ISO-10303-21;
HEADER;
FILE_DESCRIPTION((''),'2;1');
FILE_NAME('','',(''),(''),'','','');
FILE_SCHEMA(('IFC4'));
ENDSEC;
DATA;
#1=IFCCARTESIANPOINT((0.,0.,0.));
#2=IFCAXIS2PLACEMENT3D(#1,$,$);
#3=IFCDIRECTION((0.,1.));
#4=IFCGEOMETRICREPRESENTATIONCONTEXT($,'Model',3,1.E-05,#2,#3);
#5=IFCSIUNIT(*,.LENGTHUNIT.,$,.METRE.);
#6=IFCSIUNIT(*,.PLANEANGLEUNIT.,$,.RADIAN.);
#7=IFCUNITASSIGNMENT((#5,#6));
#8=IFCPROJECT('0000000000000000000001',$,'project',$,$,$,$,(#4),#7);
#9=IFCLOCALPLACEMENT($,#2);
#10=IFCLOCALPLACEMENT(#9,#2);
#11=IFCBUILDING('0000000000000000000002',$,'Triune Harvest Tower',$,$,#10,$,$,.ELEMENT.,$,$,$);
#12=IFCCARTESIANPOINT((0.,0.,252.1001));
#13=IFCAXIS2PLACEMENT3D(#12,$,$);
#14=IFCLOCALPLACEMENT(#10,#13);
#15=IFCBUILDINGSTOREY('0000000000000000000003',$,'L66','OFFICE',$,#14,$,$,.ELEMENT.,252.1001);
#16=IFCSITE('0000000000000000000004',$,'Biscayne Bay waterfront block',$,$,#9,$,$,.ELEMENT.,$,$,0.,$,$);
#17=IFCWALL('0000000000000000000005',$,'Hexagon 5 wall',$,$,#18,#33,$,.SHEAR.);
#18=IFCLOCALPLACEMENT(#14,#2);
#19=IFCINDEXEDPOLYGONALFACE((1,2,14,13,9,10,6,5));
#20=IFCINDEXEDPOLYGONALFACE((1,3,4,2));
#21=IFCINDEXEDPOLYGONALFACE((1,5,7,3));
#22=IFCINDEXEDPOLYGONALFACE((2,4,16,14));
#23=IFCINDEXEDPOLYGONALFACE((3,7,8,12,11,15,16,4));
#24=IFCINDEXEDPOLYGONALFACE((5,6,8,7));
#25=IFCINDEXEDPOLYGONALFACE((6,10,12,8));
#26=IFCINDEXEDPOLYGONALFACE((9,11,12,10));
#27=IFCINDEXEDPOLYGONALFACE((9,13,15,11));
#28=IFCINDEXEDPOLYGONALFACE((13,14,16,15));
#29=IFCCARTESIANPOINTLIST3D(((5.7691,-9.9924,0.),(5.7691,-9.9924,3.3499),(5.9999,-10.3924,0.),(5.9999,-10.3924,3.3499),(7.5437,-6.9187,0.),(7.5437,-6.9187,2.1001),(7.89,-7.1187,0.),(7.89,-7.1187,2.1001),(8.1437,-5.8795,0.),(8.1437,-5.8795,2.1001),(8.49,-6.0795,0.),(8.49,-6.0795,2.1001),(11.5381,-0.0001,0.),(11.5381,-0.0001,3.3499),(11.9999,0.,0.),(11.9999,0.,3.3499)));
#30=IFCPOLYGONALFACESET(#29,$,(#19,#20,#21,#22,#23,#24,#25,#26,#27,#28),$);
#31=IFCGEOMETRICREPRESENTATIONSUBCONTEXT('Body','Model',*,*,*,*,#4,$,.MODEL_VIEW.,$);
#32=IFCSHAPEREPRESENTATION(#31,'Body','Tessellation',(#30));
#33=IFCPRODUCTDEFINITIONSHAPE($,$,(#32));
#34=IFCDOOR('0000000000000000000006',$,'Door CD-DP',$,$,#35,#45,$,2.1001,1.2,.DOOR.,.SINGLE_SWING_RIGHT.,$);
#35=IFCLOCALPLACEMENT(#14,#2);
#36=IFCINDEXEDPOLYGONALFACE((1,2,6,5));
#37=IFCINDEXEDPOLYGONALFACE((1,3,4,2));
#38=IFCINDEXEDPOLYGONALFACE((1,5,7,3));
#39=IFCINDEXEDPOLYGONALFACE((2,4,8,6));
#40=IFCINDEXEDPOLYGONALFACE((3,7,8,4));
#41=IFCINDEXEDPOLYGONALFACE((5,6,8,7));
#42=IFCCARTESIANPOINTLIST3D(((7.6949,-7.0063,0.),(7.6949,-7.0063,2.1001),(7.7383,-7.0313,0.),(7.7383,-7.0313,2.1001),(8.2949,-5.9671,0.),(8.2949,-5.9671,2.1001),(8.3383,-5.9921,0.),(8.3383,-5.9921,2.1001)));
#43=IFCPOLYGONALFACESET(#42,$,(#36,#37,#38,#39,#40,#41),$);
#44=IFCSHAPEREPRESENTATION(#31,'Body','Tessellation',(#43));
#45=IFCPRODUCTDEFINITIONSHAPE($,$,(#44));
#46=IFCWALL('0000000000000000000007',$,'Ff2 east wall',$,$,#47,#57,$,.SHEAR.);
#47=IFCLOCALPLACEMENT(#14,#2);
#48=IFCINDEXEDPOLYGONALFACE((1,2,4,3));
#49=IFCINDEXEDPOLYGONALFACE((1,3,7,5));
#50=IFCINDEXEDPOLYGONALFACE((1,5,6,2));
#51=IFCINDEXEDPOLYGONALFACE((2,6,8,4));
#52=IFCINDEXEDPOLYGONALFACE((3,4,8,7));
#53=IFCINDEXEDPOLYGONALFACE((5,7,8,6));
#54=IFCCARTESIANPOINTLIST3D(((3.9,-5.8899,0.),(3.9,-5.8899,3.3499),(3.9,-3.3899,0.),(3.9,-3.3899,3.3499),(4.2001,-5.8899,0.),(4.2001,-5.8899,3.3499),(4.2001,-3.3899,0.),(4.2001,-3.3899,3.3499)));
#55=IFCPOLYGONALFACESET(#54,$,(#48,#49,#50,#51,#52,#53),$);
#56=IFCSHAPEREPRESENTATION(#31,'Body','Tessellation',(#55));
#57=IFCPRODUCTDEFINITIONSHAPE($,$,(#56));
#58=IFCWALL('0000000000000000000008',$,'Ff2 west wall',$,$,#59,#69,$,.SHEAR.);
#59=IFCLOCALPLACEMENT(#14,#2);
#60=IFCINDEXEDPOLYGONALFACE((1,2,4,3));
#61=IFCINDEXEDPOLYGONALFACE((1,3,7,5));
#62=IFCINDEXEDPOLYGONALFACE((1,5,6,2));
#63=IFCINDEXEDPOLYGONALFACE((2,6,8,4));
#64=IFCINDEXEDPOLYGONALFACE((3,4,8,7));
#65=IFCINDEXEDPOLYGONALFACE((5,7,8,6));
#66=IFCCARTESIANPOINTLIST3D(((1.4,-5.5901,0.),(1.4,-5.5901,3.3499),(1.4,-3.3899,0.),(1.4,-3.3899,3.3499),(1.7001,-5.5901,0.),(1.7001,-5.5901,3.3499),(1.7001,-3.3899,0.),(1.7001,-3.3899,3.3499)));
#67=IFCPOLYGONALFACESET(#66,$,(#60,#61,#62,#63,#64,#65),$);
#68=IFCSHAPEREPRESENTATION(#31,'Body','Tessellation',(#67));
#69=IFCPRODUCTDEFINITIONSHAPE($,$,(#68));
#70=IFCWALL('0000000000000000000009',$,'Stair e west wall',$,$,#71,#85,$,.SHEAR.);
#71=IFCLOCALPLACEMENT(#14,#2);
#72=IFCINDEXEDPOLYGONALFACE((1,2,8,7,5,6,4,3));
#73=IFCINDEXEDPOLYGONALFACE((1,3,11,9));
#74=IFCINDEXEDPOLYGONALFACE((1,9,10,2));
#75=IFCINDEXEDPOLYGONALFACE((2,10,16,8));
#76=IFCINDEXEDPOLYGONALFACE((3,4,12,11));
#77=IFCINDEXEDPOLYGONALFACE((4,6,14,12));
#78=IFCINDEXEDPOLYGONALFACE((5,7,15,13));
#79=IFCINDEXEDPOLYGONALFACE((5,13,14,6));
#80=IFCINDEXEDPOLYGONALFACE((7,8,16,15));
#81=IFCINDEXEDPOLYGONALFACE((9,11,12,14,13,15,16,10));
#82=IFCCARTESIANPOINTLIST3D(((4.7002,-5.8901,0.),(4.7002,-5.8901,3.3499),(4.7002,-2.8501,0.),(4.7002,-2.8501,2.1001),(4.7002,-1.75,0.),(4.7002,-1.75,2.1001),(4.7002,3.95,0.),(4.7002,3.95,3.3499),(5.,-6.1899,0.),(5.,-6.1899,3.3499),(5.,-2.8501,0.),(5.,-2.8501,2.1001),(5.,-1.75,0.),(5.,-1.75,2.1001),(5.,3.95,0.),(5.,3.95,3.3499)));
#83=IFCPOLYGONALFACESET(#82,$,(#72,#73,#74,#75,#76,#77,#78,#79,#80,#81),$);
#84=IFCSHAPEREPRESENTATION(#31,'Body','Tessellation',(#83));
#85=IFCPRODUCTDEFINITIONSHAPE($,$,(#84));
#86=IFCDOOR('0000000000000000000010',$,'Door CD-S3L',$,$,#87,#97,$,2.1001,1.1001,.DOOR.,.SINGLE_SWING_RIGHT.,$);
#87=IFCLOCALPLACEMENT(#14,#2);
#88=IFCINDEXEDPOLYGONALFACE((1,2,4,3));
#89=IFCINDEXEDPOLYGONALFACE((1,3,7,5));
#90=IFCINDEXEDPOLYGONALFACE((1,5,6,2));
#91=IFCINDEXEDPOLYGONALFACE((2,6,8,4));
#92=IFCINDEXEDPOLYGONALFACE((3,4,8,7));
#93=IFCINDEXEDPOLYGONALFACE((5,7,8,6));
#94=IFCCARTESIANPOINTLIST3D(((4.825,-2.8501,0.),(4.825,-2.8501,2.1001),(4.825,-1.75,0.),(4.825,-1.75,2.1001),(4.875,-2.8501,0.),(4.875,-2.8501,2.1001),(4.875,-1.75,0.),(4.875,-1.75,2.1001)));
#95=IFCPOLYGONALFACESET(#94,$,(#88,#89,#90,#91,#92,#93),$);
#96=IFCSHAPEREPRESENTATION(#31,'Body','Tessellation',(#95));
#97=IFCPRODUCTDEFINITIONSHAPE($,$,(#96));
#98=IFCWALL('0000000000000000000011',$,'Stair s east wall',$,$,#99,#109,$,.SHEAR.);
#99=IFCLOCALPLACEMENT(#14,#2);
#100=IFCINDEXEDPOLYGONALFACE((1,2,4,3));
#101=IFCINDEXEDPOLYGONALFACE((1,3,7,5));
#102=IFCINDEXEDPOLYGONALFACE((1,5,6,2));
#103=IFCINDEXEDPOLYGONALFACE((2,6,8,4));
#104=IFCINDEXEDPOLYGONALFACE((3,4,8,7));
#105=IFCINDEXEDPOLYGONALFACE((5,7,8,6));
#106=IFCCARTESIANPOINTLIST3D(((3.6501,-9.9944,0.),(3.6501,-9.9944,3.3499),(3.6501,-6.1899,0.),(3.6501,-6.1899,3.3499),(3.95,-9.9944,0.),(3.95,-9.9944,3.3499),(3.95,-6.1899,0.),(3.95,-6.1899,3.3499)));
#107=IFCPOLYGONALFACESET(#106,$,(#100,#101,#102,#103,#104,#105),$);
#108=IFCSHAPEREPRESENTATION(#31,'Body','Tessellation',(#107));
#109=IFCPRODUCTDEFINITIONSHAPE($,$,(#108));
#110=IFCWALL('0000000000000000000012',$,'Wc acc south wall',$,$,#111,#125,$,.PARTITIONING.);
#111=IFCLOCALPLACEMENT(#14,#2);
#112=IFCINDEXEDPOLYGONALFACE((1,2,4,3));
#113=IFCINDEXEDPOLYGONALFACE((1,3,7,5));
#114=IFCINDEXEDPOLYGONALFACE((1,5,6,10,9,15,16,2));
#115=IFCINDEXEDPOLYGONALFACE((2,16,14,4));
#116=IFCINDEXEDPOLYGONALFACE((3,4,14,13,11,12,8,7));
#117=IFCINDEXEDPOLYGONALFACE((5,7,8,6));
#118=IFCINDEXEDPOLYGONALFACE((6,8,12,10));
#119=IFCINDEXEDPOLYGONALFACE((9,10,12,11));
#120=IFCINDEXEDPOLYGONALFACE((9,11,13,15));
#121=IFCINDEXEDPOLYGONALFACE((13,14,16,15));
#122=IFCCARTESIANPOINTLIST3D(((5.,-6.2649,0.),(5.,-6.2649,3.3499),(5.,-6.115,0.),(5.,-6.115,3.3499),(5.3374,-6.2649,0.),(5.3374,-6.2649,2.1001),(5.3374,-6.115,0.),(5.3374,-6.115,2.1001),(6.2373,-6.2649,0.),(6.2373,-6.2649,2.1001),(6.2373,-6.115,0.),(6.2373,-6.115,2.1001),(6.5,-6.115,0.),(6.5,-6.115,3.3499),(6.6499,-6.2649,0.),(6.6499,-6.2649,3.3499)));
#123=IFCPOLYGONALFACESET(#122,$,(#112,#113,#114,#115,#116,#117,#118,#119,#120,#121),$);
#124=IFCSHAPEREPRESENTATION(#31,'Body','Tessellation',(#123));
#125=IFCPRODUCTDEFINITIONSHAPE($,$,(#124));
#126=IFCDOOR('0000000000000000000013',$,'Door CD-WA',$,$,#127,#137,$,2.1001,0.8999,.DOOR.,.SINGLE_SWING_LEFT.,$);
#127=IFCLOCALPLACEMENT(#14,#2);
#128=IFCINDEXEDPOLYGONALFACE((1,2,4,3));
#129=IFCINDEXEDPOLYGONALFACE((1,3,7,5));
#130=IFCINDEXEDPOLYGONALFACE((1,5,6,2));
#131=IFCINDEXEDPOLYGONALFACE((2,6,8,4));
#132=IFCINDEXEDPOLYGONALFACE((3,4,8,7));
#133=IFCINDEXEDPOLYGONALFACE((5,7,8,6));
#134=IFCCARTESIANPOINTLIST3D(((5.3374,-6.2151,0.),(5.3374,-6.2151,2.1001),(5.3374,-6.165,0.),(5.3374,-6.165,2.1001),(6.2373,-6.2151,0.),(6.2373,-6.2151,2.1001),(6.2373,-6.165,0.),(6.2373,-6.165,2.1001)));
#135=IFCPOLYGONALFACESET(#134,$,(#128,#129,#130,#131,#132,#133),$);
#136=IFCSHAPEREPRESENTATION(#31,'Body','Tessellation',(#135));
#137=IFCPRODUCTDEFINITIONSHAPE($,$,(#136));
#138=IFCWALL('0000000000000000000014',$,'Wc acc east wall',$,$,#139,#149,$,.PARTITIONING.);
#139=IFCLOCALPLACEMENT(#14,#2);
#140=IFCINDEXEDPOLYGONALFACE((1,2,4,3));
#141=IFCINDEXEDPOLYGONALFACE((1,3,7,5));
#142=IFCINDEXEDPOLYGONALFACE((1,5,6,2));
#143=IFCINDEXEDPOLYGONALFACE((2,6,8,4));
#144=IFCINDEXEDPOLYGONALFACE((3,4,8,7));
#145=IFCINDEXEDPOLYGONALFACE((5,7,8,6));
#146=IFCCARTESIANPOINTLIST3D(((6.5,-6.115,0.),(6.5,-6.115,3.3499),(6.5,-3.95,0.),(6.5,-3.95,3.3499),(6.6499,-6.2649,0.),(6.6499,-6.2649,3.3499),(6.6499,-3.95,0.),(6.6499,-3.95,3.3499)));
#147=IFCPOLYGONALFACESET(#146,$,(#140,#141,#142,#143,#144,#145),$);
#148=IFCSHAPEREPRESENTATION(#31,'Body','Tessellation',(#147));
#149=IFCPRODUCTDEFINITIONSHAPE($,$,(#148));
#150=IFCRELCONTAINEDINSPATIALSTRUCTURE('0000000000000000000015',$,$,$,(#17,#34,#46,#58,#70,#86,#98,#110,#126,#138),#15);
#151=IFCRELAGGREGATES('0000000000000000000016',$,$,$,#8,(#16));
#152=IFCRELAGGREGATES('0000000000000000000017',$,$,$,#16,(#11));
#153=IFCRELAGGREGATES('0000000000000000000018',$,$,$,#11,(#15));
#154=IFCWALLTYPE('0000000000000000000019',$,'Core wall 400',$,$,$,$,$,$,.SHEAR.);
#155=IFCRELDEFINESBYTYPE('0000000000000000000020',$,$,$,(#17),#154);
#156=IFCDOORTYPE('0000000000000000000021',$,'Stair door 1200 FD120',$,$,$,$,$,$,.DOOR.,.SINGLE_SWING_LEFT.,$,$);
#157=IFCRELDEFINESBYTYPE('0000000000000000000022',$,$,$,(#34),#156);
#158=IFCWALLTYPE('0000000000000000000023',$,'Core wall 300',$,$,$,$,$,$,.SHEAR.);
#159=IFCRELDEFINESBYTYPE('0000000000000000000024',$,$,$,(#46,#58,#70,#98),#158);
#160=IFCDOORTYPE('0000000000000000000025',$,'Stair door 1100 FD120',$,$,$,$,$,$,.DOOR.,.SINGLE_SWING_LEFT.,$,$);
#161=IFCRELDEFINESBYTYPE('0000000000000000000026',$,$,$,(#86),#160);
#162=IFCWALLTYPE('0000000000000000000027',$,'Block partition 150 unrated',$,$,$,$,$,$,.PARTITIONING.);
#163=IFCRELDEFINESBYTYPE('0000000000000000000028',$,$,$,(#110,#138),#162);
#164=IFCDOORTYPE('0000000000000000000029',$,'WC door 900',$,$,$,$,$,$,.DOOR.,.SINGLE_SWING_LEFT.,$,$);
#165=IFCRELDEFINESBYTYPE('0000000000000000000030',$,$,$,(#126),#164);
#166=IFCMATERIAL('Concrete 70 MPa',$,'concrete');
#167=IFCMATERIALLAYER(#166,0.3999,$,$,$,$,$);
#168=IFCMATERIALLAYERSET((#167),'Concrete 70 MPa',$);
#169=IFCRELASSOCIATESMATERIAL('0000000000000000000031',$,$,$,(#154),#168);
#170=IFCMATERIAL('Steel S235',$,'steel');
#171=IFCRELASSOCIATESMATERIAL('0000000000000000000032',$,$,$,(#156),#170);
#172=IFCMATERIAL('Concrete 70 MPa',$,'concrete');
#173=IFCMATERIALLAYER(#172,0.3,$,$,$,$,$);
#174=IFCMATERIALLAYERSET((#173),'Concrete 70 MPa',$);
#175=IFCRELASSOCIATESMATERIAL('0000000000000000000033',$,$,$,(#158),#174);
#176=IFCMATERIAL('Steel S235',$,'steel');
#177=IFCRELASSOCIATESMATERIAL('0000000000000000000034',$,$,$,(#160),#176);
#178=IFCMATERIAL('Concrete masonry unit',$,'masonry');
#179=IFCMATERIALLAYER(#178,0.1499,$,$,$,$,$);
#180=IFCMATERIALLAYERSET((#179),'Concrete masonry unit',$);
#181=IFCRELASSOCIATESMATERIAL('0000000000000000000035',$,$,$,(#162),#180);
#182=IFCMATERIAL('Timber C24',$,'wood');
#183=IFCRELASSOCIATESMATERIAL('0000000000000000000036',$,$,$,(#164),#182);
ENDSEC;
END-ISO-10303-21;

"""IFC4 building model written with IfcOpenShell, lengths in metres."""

from ifc_helpers import new_model, si_unit, direction, frame, frame_2d, origin, place, context, subcontext, project, spatial, polyline, rectangle, outline, extrude, source, transform, mapped, material, layer, layer_set, type_object, element, fill, save


model = new_model("IFC4")

# Units and contexts
model_context = context("Model", 3, precision=1e-05, world=origin(), true_north=direction((0.0, 1.0)))
body_context = subcontext(model_context, "Body", "Model", "MODEL_VIEW")
ifc_project = project(units=[si_unit("LENGTHUNIT", "METRE"), si_unit("PLANEANGLEUNIT", "RADIAN")], contexts=[model_context])

# Site, building, storey
site_placement = place(None, origin())
site = spatial("IfcSite", under=ifc_project, at=site_placement, Name="Biscayne Bay waterfront block", CompositionType="ELEMENT", RefElevation=0.0)
building_placement = place(site_placement, origin())
building = spatial("IfcBuilding", under=site, at=building_placement, Name="Triune Harvest Tower", CompositionType="ELEMENT")
storey_placement = place(building_placement, frame((0.0, 0.0, 252.1001)))
storey = spatial("IfcBuildingStorey", under=building, at=storey_placement, Name="L66", Description="OFFICE", CompositionType="ELEMENT", Elevation=252.1001)

# Wall, opening, door
ifc_material_1 = material(Name="Concrete 70 MPa", Category="concrete")
ifc_layer_1 = layer(ifc_material_1, 0.3999)
ifc_layer_set_1 = layer_set([ifc_layer_1], Name="Concrete 70 MPa")
wall_type_1 = type_object("IfcWallType", Name="Core wall 400", PredefinedType="SHEAR", material=ifc_layer_set_1)
shared_shape_1 = source(origin(), body_context, "Body", "SweptSolid", [
    extrude(outline(polyline([(-0.1155, -0.2), (11.8845, -0.2), (11.6536, 0.2), (0.1155, 0.2), (-0.1155, -0.2)])), origin(), (0.0, 0.0, 1.0), 3.3499),
])
wall_1_placement = place(storey_placement, frame((5.8845, -10.1924, 0.0), z_axis=(0.0, 0.0, 1.0), x_axis=(0.499997, 0.866027, 0.0)))
wall_1 = element("IfcWall", 1, at=wall_1_placement, inside=storey, type_object=wall_type_1, Name="Hexagon 5 wall", PredefinedType="SHEAR", context=body_context, shape_type="MappedRepresentation", body=[
    mapped(shared_shape_1, transform((0.0, 0.0, 0.0), scale=1.0)),
])
opening_1_placement = place(wall_1_placement, frame((3.6646, 0.0, 0.0)))
opening_1 = element("IfcOpeningElement", 2, at=opening_1_placement, cuts=wall_1, PredefinedType="OPENING", context=body_context, shape_type="SweptSolid", body=[
    extrude(rectangle(XDim=1.2, YDim=2.1001, at=frame_2d((0.6001, 1.05))), frame((0.0, 0.21, 0.0), z_axis=(0.0, -1.0, 0.0), x_axis=(1.0, 0.0, 0.0)), (0.0, 0.0, 1.0), 0.4199),
])
ifc_material_2 = material(Name="Steel S235", Category="steel")
door_type_1 = type_object("IfcDoorType", Name="Stair door 1200 FD120", OperationType="SINGLE_SWING_LEFT", PredefinedType="DOOR", material=ifc_material_2)
door_1_placement = place(opening_1_placement, frame((1.2, 0.0, 0.0), z_axis=(0.0, 0.0, 1.0), x_axis=(-1.0, 0.0, 0.0)))
door_1 = element("IfcDoor", 3, at=door_1_placement, inside=storey, type_object=door_type_1, Name="Door CD-DP", OperationType="SINGLE_SWING_RIGHT", OverallHeight=2.1001, OverallWidth=1.2, PredefinedType="DOOR", context=body_context, shape_type="SweptSolid", body=[
    extrude(rectangle(XDim=1.2, YDim=2.1001, at=frame_2d((0.6001, 1.05))), frame((0.0, 0.0249, 0.0), z_axis=(0.0, -1.0, 0.0), x_axis=(1.0, 0.0, 0.0)), (0.0, 0.0, 1.0), 0.05),
])
fill(opening_1, door_1)

# Walls
ifc_material_3 = material(Name="Concrete 70 MPa", Category="concrete")
ifc_layer_2 = layer(ifc_material_3, 0.3)
ifc_layer_set_2 = layer_set([ifc_layer_2], Name="Concrete 70 MPa")
wall_type_2 = type_object("IfcWallType", Name="Core wall 300", PredefinedType="SHEAR", material=ifc_layer_set_2)
shared_shape_2 = source(origin(), body_context, "Body", "SweptSolid", [
    extrude(rectangle(XDim=2.5, YDim=0.3, at=frame_2d((1.25, 0.0))), origin(), (0.0, 0.0, 1.0), 3.3499),
])
wall_2_placement = place(storey_placement, frame((4.05, -5.8899, 0.0), z_axis=(0.0, 0.0, 1.0), x_axis=(0.0, 1.0, 0.0)))
element("IfcWall", 4, at=wall_2_placement, inside=storey, type_object=wall_type_2, Name="Ff2 east wall", PredefinedType="SHEAR", context=body_context, shape_type="MappedRepresentation", body=[
    mapped(shared_shape_2, transform((0.0, 0.0, 0.0), scale=1.0)),
])
shared_shape_3 = source(origin(), body_context, "Body", "SweptSolid", [
    extrude(rectangle(XDim=2.2002, YDim=0.3, at=frame_2d((1.1001, 0.0))), origin(), (0.0, 0.0, 1.0), 3.3499),
])
wall_3_placement = place(storey_placement, frame((1.55, -5.5901, 0.0), z_axis=(0.0, 0.0, 1.0), x_axis=(0.0, 1.0, 0.0)))
element("IfcWall", 5, at=wall_3_placement, inside=storey, type_object=wall_type_2, Name="Ff2 west wall", PredefinedType="SHEAR", context=body_context, shape_type="MappedRepresentation", body=[
    mapped(shared_shape_3, transform((0.0, 0.0, 0.0), scale=1.0)),
])

# Wall, opening, door
shared_shape_4 = source(origin(), body_context, "Body", "SweptSolid", [
    extrude(outline(polyline([(-0.1499, -0.1499), (9.99, -0.1499), (9.99, 0.1499), (0.1499, 0.1499), (-0.1499, -0.1499)])), origin(), (0.0, 0.0, 1.0), 3.3499),
])
wall_4_placement = place(storey_placement, frame((4.8501, -6.04, 0.0), z_axis=(0.0, 0.0, 1.0), x_axis=(0.0, 1.0, 0.0)))
wall_4 = element("IfcWall", 6, at=wall_4_placement, inside=storey, type_object=wall_type_2, Name="Stair e west wall", PredefinedType="SHEAR", context=body_context, shape_type="MappedRepresentation", body=[
    mapped(shared_shape_4, transform((0.0, 0.0, 0.0), scale=1.0)),
])
opening_2_placement = place(wall_4_placement, frame((3.1899, 0.0, 0.0)))
opening_2 = element("IfcOpeningElement", 7, at=opening_2_placement, cuts=wall_4, PredefinedType="OPENING", context=body_context, shape_type="SweptSolid", body=[
    extrude(rectangle(XDim=1.1001, YDim=2.1001, at=frame_2d((0.55, 1.05))), frame((0.0, 0.1602, 0.0), z_axis=(0.0, -1.0, 0.0), x_axis=(1.0, 0.0, 0.0)), (0.0, 0.0, 1.0), 0.3201),
])
ifc_material_4 = material(Name="Steel S235", Category="steel")
door_type_2 = type_object("IfcDoorType", Name="Stair door 1100 FD120", OperationType="SINGLE_SWING_LEFT", PredefinedType="DOOR", material=ifc_material_4)
door_2_placement = place(opening_2_placement, frame((1.1001, 0.0, 0.0), z_axis=(0.0, 0.0, 1.0), x_axis=(-1.0, 0.0, 0.0)))
door_2 = element("IfcDoor", 8, at=door_2_placement, inside=storey, type_object=door_type_2, Name="Door CD-S3L", OperationType="SINGLE_SWING_RIGHT", OverallHeight=2.1001, OverallWidth=1.1001, PredefinedType="DOOR", context=body_context, shape_type="SweptSolid", body=[
    extrude(rectangle(XDim=1.1001, YDim=2.1001, at=frame_2d((0.55, 1.05))), frame((0.0, 0.0249, 0.0), z_axis=(0.0, -1.0, 0.0), x_axis=(1.0, 0.0, 0.0)), (0.0, 0.0, 1.0), 0.05),
])
fill(opening_2, door_2)

# Wall
shared_shape_5 = source(origin(), body_context, "Body", "SweptSolid", [
    extrude(outline(polyline([(3.8, -0.1499), (-0.0044, -0.1499), (-0.0044, 0.1499), (3.8, 0.1499), (3.8, -0.1499)])), origin(), (0.0, 0.0, 1.0), 3.3499),
])
wall_5_placement = place(storey_placement, frame((3.8, -9.99, 0.0), z_axis=(0.0, 0.0, 1.0), x_axis=(0.0, 1.0, 0.0)))
element("IfcWall", 9, at=wall_5_placement, inside=storey, type_object=wall_type_2, Name="Stair s east wall", PredefinedType="SHEAR", context=body_context, shape_type="MappedRepresentation", body=[
    mapped(shared_shape_5, transform((0.0, 0.0, 0.0), scale=1.0)),
])

# Wall, opening, door
ifc_material_5 = material(Name="Concrete masonry unit", Category="masonry")
ifc_layer_3 = layer(ifc_material_5, 0.1499)
ifc_layer_set_3 = layer_set([ifc_layer_3], Name="Concrete masonry unit")
wall_type_3 = type_object("IfcWallType", Name="Block partition 150 unrated", PredefinedType="PARTITIONING", material=ifc_layer_set_3)
shared_shape_6 = source(origin(), body_context, "Body", "SweptSolid", [
    extrude(outline(polyline([(0.0, -0.075), (1.6499, -0.075), (1.5, 0.075), (0.0, 0.075), (0.0, -0.075)])), origin(), (0.0, 0.0, 1.0), 3.3499),
])
wall_6_placement = place(storey_placement, frame((5.0, -6.1899, 0.0), z_axis=(0.0, 0.0, 1.0), x_axis=(1.0, 0.0, 0.0)))
wall_6 = element("IfcWall", 10, at=wall_6_placement, inside=storey, type_object=wall_type_3, Name="Wc acc south wall", PredefinedType="PARTITIONING", context=body_context, shape_type="MappedRepresentation", body=[
    mapped(shared_shape_6, transform((0.0, 0.0, 0.0), scale=1.0)),
])
opening_3_placement = place(wall_6_placement, frame((0.3374, 0.0, 0.0)))
opening_3 = element("IfcOpeningElement", 11, at=opening_3_placement, cuts=wall_6, PredefinedType="OPENING", context=body_context, shape_type="SweptSolid", body=[
    extrude(rectangle(XDim=0.8999, YDim=2.1001, at=frame_2d((0.45, 1.05))), frame((0.0, 0.085, 0.0), z_axis=(0.0, -1.0, 0.0), x_axis=(1.0, 0.0, 0.0)), (0.0, 0.0, 1.0), 0.1699),
])
ifc_material_6 = material(Name="Timber C24", Category="wood")
door_type_3 = type_object("IfcDoorType", Name="WC door 900", OperationType="SINGLE_SWING_LEFT", PredefinedType="DOOR", material=ifc_material_6)
door_3_placement = place(opening_3_placement, origin())
door_3 = element("IfcDoor", 12, at=door_3_placement, inside=storey, type_object=door_type_3, Name="Door CD-WA", OperationType="SINGLE_SWING_LEFT", OverallHeight=2.1001, OverallWidth=0.8999, PredefinedType="DOOR", context=body_context, shape_type="SweptSolid", body=[
    extrude(rectangle(XDim=0.8999, YDim=2.1001, at=frame_2d((0.45, 1.05))), frame((0.0, 0.0249, 0.0), z_axis=(0.0, -1.0, 0.0), x_axis=(1.0, 0.0, 0.0)), (0.0, 0.0, 1.0), 0.05),
])
fill(opening_3, door_3)

# Wall
shared_shape_7 = source(origin(), body_context, "Body", "SweptSolid", [
    extrude(outline(polyline([(-0.075, -0.075), (2.24, -0.075), (2.24, 0.075), (0.075, 0.075), (-0.075, -0.075)])), origin(), (0.0, 0.0, 1.0), 3.3499),
])
wall_7_placement = place(storey_placement, frame((6.575, -6.1899, 0.0), z_axis=(0.0, 0.0, 1.0), x_axis=(0.0, 1.0, 0.0)))
element("IfcWall", 13, at=wall_7_placement, inside=storey, type_object=wall_type_3, Name="Wc acc east wall", PredefinedType="PARTITIONING", context=body_context, shape_type="MappedRepresentation", body=[
    mapped(shared_shape_7, transform((0.0, 0.0, 0.0), scale=1.0)),
])

save(model, "model.ifc")
